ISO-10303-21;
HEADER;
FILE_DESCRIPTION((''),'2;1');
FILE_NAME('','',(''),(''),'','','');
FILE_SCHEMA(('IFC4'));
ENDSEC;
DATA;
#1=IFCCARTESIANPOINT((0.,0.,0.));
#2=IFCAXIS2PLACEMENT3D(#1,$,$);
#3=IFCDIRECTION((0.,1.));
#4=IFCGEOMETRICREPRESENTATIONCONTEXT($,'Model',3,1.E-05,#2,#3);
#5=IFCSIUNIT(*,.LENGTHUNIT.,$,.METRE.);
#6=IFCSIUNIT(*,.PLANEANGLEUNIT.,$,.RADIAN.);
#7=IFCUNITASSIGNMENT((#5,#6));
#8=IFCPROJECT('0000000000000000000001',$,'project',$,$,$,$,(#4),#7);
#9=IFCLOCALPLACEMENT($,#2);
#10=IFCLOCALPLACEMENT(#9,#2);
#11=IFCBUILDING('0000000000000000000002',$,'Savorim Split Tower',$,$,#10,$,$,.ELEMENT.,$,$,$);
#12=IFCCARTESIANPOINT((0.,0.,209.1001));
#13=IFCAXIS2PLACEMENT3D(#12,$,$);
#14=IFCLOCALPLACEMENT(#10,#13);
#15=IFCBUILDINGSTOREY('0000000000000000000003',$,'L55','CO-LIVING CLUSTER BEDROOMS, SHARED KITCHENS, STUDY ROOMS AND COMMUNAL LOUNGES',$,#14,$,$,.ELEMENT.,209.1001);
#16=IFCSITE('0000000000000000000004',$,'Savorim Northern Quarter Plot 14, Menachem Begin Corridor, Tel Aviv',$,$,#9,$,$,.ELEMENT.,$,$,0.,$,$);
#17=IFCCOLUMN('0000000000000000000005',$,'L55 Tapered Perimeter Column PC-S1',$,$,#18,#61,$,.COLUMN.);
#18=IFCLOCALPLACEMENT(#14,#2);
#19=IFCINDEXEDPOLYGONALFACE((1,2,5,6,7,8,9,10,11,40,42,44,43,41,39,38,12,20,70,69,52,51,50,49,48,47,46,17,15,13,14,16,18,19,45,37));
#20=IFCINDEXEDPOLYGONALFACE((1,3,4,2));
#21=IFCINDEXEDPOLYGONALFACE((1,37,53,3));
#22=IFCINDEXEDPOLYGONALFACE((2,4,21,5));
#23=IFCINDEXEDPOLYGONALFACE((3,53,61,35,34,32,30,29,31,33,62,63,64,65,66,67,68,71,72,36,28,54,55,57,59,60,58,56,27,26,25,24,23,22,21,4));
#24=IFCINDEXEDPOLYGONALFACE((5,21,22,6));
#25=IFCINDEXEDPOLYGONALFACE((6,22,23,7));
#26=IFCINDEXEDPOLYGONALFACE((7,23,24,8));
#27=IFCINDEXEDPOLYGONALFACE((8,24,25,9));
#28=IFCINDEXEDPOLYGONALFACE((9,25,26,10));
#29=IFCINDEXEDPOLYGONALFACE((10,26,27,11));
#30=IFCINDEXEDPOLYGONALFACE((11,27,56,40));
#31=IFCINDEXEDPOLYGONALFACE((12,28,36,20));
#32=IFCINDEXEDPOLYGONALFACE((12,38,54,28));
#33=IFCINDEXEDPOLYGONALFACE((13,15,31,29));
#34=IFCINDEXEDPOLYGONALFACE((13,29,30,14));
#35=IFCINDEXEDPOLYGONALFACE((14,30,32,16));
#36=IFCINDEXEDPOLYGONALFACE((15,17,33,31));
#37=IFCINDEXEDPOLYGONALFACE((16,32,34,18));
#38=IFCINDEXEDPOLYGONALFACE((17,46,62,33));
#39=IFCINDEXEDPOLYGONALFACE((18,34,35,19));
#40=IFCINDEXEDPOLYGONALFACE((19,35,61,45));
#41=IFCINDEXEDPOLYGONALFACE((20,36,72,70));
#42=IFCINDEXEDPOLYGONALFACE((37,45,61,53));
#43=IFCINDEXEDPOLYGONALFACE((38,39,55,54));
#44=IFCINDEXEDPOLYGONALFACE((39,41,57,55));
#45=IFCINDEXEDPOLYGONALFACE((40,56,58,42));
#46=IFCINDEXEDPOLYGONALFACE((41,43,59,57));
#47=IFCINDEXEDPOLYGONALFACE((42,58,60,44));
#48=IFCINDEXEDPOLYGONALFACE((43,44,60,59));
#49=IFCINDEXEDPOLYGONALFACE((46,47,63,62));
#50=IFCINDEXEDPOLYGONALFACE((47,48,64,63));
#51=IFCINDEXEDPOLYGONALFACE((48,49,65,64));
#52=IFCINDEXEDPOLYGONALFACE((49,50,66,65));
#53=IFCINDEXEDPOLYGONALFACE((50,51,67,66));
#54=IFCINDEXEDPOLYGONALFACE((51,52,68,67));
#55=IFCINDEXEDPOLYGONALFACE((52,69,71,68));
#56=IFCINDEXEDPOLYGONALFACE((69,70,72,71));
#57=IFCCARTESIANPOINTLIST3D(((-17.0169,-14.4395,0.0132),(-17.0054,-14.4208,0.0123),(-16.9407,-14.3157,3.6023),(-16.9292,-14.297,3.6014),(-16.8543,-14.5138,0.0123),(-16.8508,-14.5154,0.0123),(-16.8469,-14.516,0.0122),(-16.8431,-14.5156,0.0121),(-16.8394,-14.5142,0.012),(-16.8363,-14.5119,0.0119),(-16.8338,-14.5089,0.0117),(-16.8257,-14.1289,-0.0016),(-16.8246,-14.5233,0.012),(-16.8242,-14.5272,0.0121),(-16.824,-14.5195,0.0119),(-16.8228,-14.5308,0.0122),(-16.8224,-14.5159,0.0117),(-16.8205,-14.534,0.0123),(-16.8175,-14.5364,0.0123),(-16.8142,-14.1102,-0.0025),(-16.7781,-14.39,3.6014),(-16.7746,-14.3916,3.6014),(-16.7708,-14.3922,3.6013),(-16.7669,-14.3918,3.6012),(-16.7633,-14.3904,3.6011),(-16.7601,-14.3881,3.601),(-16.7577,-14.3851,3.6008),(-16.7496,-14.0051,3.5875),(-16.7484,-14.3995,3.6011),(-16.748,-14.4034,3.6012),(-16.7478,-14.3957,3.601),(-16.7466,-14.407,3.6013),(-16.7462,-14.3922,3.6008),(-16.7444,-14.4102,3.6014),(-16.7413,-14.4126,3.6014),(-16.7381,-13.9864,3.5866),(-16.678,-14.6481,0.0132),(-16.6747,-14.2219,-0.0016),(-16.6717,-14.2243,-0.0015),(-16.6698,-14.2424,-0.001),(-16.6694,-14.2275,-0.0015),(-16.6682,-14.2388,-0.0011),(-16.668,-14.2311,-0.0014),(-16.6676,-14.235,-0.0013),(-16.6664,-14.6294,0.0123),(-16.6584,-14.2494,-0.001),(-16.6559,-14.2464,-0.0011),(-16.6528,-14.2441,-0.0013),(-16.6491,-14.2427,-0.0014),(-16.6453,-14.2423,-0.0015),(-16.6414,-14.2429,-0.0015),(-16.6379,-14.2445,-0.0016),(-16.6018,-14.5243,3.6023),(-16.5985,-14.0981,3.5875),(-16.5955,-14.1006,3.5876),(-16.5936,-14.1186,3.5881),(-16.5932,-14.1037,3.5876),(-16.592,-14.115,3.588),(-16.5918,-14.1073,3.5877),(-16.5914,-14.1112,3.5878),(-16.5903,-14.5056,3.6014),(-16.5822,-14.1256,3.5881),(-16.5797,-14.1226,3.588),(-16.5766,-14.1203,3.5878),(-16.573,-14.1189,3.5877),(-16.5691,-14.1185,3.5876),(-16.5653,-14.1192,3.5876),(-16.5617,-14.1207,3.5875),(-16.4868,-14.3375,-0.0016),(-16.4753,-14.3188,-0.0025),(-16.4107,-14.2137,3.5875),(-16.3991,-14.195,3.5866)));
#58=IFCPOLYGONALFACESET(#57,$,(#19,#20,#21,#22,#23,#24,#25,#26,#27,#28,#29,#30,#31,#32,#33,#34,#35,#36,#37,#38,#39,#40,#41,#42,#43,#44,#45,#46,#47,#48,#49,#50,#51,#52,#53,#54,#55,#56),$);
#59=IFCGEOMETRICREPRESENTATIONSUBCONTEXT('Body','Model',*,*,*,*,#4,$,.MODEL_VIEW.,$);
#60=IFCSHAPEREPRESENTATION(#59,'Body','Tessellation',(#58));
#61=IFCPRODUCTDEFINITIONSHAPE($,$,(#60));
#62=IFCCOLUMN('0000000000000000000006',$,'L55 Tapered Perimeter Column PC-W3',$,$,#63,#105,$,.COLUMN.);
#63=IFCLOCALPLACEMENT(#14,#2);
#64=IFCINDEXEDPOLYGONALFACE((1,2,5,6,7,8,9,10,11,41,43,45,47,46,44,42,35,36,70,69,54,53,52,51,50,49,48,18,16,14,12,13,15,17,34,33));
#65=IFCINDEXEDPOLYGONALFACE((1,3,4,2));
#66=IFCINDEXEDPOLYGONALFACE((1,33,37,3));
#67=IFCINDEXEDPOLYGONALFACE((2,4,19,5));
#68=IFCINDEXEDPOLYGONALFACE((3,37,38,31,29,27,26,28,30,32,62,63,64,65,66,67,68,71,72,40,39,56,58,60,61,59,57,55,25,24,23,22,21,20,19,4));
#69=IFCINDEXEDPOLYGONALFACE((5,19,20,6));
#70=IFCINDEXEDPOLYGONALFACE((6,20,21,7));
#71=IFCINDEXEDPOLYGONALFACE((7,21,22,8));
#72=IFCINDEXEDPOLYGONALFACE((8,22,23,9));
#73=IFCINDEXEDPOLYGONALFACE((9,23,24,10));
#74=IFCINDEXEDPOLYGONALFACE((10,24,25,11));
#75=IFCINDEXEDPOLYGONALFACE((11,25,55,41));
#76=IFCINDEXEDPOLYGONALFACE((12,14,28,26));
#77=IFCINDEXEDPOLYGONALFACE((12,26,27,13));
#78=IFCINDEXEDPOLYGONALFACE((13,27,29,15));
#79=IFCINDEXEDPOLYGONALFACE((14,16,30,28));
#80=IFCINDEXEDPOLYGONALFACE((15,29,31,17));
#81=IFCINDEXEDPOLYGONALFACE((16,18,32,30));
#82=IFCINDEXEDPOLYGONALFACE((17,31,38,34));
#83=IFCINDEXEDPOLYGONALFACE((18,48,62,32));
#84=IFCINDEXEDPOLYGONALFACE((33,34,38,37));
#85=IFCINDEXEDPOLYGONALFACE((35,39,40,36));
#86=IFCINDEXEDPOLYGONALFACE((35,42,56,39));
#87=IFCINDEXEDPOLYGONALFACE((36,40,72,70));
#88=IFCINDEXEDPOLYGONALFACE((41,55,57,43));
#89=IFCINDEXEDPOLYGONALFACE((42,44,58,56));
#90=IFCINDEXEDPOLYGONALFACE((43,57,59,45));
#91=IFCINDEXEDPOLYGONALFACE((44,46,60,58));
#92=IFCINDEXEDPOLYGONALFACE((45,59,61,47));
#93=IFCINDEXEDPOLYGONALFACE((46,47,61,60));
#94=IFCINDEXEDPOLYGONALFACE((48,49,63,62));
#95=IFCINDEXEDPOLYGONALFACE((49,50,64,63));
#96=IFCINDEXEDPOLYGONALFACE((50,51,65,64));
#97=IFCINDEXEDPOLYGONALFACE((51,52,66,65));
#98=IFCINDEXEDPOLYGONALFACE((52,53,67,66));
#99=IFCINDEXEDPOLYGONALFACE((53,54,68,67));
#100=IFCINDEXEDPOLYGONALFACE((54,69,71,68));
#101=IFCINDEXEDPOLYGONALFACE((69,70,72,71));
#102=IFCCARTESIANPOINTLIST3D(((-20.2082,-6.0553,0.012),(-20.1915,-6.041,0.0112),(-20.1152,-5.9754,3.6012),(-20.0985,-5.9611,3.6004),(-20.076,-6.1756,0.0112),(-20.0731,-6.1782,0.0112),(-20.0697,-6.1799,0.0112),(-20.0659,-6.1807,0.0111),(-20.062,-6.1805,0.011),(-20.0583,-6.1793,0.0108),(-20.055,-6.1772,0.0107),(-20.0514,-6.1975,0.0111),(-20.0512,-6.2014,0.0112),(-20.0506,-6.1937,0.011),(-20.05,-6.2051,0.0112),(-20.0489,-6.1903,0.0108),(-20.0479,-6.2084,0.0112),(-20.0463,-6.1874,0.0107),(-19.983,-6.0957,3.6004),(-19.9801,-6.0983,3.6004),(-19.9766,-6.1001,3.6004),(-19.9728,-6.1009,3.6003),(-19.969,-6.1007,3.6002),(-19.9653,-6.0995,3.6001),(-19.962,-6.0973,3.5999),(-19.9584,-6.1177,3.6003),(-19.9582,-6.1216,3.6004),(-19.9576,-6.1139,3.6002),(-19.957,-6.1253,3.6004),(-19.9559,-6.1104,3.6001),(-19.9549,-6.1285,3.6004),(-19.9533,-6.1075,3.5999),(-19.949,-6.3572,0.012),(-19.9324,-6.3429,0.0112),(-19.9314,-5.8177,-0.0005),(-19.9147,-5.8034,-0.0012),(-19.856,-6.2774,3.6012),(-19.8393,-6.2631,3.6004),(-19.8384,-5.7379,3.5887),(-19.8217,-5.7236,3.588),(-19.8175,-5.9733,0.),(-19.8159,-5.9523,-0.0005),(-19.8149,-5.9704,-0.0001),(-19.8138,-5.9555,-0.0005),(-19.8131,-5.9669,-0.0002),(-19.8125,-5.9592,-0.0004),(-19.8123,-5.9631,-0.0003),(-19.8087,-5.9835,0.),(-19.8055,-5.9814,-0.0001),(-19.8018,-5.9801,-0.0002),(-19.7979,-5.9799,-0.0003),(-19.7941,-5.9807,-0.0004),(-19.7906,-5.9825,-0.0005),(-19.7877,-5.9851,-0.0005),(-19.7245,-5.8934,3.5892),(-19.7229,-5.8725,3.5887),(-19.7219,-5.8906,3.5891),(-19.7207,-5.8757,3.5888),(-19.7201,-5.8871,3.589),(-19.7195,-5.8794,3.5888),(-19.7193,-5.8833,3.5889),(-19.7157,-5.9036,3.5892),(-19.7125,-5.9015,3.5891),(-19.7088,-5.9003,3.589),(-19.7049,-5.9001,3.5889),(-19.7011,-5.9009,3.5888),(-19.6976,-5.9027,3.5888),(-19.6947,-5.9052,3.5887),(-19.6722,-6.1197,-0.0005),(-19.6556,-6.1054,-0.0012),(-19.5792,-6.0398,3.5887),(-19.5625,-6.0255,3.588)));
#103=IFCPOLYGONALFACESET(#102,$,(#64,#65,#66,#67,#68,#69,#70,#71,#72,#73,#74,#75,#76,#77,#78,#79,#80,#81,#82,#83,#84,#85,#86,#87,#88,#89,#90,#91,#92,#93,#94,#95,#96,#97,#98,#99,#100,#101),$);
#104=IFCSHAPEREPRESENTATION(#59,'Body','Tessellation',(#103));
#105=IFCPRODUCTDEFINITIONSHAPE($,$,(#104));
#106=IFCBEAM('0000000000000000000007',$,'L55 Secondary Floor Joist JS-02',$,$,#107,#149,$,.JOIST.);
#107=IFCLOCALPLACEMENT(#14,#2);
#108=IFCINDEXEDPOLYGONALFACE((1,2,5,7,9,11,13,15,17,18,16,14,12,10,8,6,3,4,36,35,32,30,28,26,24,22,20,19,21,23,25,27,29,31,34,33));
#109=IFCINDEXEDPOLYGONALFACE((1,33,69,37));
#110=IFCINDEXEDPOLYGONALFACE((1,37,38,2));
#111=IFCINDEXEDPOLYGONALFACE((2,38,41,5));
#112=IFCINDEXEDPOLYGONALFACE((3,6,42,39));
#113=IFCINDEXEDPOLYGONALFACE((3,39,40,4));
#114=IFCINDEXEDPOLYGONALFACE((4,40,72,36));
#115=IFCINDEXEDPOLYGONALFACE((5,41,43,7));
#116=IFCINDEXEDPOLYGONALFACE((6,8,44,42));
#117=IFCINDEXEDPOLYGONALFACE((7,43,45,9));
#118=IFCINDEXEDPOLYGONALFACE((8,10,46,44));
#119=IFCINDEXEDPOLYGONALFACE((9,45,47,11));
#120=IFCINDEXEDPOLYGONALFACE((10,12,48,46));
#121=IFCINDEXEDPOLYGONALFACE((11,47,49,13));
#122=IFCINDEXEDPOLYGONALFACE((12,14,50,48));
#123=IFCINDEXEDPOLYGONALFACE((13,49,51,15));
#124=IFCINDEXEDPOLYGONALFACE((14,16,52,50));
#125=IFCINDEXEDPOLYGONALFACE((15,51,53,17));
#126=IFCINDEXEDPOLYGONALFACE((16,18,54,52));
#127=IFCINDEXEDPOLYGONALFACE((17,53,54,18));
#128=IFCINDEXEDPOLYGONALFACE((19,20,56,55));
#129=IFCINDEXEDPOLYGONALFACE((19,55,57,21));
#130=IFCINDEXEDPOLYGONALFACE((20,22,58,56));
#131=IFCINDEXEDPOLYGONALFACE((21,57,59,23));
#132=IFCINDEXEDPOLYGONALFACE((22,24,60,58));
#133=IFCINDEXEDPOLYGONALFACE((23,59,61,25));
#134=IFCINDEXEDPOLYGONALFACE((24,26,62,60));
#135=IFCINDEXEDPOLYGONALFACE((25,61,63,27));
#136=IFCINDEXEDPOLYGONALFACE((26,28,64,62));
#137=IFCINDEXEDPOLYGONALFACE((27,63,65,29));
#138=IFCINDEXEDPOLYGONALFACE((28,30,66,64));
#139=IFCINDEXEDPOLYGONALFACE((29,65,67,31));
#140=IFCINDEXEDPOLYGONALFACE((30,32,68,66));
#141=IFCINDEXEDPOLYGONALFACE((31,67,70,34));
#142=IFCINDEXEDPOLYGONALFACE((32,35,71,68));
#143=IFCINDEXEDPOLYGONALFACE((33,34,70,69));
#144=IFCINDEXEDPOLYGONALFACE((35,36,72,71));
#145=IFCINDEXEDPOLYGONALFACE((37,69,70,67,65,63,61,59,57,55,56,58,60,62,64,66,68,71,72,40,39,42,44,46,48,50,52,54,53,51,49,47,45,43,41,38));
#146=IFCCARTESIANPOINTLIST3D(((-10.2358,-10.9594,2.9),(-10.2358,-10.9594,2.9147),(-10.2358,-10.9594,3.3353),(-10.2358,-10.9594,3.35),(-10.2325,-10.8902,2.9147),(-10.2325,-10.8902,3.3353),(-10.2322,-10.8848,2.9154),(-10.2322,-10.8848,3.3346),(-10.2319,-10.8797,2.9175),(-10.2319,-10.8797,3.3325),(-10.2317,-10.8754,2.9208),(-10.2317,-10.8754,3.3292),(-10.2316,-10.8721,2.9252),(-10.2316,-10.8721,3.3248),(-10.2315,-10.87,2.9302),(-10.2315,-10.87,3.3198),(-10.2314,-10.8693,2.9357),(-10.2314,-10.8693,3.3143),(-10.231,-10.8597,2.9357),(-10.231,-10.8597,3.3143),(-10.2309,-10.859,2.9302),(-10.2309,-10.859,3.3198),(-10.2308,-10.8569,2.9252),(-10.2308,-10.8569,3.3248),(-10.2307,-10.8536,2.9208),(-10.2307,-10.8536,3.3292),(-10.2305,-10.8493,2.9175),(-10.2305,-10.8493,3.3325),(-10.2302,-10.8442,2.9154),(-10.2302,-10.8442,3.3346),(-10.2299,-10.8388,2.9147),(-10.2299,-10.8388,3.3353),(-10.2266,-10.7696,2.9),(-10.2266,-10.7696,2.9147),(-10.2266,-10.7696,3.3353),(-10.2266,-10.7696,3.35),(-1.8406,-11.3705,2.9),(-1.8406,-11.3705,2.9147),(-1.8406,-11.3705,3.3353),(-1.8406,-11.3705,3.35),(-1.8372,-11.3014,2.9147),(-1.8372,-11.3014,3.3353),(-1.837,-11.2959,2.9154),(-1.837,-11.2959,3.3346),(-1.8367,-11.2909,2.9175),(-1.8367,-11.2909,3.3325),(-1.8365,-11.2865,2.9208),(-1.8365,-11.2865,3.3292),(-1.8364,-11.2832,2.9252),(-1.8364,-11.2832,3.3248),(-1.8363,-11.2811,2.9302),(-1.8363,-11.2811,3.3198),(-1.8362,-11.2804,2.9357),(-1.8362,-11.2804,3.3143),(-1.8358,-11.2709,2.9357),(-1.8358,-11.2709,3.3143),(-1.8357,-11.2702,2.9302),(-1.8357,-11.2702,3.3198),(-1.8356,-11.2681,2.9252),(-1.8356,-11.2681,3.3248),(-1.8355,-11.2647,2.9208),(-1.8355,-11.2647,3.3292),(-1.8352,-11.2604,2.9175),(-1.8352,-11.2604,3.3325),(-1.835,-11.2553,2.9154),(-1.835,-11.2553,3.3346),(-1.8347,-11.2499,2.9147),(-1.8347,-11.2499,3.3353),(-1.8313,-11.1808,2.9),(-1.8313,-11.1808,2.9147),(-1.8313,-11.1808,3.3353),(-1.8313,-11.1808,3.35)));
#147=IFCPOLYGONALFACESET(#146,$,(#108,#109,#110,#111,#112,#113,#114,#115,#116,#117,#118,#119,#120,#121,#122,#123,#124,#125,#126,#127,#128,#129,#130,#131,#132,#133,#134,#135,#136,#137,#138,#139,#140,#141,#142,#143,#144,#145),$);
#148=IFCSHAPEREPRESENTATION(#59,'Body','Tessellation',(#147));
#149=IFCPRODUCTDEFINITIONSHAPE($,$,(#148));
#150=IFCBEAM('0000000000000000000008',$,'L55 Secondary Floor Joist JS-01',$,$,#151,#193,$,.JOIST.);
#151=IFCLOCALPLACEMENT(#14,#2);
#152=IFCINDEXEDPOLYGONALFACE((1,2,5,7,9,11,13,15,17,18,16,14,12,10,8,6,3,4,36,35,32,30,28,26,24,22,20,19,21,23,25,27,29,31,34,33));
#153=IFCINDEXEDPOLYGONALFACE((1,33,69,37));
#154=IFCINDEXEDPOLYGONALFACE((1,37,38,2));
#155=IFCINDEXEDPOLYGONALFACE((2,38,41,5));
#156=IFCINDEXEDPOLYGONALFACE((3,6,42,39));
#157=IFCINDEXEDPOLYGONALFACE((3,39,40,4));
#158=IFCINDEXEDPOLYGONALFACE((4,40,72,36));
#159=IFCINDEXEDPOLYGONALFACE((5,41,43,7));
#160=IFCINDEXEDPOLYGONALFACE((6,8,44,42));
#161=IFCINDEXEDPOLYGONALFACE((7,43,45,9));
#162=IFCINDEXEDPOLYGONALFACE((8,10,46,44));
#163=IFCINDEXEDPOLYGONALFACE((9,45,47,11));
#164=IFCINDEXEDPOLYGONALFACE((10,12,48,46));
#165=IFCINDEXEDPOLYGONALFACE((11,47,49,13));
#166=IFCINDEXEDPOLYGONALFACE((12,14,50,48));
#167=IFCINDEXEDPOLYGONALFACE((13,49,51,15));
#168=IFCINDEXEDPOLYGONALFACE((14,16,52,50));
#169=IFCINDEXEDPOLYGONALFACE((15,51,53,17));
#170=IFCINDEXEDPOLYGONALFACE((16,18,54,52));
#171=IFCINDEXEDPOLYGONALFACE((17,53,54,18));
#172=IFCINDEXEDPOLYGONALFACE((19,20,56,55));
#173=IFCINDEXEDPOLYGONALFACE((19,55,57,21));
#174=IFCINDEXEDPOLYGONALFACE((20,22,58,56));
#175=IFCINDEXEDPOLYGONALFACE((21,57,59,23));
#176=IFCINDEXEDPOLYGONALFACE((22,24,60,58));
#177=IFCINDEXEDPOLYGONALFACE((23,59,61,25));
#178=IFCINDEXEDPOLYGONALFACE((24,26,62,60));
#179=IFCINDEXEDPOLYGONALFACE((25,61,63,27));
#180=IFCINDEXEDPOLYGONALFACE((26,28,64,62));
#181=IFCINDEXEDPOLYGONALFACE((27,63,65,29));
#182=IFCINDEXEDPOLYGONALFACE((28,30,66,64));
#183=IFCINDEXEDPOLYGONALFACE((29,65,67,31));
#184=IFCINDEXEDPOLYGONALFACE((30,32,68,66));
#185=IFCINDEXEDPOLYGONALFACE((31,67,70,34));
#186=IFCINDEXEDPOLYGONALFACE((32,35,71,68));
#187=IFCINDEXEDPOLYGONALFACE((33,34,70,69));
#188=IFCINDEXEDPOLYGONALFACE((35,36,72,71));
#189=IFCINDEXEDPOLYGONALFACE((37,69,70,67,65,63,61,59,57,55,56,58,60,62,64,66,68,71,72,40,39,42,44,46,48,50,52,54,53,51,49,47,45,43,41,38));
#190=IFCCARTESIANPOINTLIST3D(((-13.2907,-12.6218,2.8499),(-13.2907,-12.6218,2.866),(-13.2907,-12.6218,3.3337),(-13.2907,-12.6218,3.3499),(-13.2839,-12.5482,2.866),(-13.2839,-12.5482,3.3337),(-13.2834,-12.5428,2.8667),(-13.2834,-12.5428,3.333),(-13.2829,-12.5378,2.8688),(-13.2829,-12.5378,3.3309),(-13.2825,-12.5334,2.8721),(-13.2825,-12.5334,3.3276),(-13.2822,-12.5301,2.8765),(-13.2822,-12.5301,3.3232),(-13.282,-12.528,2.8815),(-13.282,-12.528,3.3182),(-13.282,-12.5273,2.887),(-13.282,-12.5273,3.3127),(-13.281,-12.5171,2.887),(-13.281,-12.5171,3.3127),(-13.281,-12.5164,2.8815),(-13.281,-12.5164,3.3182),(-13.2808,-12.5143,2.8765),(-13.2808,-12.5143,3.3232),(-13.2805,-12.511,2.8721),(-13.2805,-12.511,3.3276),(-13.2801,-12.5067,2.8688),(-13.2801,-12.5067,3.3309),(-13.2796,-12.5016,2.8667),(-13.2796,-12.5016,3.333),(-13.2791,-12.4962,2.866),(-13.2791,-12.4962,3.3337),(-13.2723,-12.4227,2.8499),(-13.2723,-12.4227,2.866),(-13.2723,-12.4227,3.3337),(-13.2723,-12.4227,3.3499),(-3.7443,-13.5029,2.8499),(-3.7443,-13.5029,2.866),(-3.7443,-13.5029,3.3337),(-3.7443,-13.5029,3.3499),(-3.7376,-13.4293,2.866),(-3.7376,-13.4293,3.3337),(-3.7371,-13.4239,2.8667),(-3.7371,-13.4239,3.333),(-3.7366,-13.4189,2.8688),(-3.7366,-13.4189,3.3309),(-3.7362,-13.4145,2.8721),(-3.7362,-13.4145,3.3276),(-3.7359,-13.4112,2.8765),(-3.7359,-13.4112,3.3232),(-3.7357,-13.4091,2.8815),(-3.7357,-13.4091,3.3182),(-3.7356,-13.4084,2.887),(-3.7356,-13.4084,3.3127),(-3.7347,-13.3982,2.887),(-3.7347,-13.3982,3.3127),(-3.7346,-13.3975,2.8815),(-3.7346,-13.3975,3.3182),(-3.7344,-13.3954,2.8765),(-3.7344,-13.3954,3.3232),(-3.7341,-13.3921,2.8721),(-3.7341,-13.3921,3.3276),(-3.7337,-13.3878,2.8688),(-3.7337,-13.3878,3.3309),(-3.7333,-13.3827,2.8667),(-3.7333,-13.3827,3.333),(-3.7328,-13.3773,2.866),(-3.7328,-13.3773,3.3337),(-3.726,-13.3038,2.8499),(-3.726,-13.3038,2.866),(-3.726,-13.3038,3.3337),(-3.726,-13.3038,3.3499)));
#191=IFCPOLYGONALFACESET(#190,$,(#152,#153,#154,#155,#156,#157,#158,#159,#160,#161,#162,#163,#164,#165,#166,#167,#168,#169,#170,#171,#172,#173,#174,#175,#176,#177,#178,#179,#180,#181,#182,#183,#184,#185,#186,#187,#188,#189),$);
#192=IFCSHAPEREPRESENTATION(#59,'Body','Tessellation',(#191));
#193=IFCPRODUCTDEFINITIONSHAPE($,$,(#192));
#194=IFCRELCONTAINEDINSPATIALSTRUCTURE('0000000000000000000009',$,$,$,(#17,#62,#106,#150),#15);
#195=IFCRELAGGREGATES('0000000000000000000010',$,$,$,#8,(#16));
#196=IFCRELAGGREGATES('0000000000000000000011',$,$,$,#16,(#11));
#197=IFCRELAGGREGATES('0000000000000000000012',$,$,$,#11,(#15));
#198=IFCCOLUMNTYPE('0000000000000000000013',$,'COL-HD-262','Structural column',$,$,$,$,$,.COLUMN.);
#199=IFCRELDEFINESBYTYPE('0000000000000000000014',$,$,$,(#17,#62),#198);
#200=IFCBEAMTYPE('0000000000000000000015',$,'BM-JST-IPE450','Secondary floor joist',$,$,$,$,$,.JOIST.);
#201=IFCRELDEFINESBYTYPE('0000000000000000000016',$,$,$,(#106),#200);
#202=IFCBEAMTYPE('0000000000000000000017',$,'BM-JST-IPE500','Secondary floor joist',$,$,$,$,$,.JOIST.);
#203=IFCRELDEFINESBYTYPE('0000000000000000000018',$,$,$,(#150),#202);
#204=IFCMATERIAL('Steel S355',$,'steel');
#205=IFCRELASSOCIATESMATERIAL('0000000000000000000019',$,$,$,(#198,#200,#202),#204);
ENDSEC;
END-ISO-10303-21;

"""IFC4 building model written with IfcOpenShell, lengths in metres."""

from ifc_helpers import new_model, si_unit, direction, frame, origin, origin_2d, place, context, subcontext, project, spatial, i_section, extrude, material, material_profile, profile_set, type_object, element, save


model = new_model("IFC4")

# Units and contexts
model_context = context("Model", 3, precision=1e-05, world=origin(), true_north=direction((0.0, 1.0)))
body_context = subcontext(model_context, "Body", "Model", "MODEL_VIEW")
ifc_project = project(units=[si_unit("LENGTHUNIT", "METRE"), si_unit("PLANEANGLEUNIT", "RADIAN")], contexts=[model_context])

# Site, building, storey
site_placement = place(None, origin())
site = spatial("IfcSite", under=ifc_project, at=site_placement, Name="Savorim Northern Quarter Plot 14, Menachem Begin Corridor, Tel Aviv", CompositionType="ELEMENT", RefElevation=0.0)
building_placement = place(site_placement, origin())
building = spatial("IfcBuilding", under=site, at=building_placement, Name="Savorim Split Tower", CompositionType="ELEMENT")
storey_placement = place(building_placement, frame((0.0, 0.0, 209.1001)))
storey = spatial("IfcBuildingStorey", under=building, at=storey_placement, Name="L55", Description="CO-LIVING CLUSTER BEDROOMS, SHARED KITCHENS, STUDY ROOMS AND COMMUNAL LOUNGES", CompositionType="ELEMENT", Elevation=209.1001)

# Columns
ifc_material_1 = material(Name="Steel S355", Category="steel")
ifc_material_profile_1 = material_profile(ifc_material_1, i_section(OverallWidth=0.3979, OverallDepth=0.387, WebThickness=0.0134, FlangeThickness=0.022, FilletRadius=0.0149, at=origin_2d()), Name="HD 400x262")
ifc_profile_set_1 = profile_set([ifc_material_profile_1], Name="Steel S355")
column_type = type_object("IfcColumnType", Name="COL-HD-262", Description="Structural column", PredefinedType="COLUMN", material=ifc_profile_set_1)
column_1_placement = place(storey_placement, frame((-16.7461, -14.3792, 0.0054), z_axis=(0.021206, 0.034459, 0.999181), x_axis=(-0.851658, 0.524097, 0.0)))
element("IfcColumn", 1, at=column_1_placement, inside=storey, type_object=column_type, Name="L55 Tapered Perimeter Column PC-S1", PredefinedType="COLUMN", context=body_context, shape_type="SweptSolid", body=[
    extrude(i_section(OverallWidth=0.3979, OverallDepth=0.387, WebThickness=0.0134, FlangeThickness=0.022, FilletRadius=0.0149, at=origin_2d()), origin(), (0.0, 0.0, 1.0), 3.592),
])
column_2_placement = place(storey_placement, frame((-19.9319, -6.0803, 0.0054), z_axis=(0.025902, 0.02223, 0.999417), x_axis=(-0.651283, 0.758835, 0.0)))
element("IfcColumn", 2, at=column_2_placement, inside=storey, type_object=column_type, Name="L55 Tapered Perimeter Column PC-W3", PredefinedType="COLUMN", context=body_context, shape_type="SweptSolid", body=[
    extrude(i_section(OverallWidth=0.3979, OverallDepth=0.387, WebThickness=0.0134, FlangeThickness=0.022, FilletRadius=0.0149, at=origin_2d()), origin(), (0.0, 0.0, 1.0), 3.5913),
])

# Beams
ifc_material_profile_2 = material_profile(ifc_material_1, i_section(OverallWidth=0.1899, OverallDepth=0.45, WebThickness=0.0095, FlangeThickness=0.0146, FilletRadius=0.021, at=origin_2d()), Name="IPE 450")
ifc_profile_set_2 = profile_set([ifc_material_profile_2], Name="Steel S355")
beam_type_1 = type_object("IfcBeamType", Name="BM-JST-IPE450", Description="Secondary floor joist", PredefinedType="JOIST", material=ifc_profile_set_2)
beam_1_placement = place(storey_placement, frame((-10.2312, -10.8645, 3.125), z_axis=(0.998803, -0.048913, 0.0), x_axis=(0.048913, 0.998803, 0.0)))
element("IfcBeam", 3, at=beam_1_placement, inside=storey, type_object=beam_type_1, Name="L55 Secondary Floor Joist JS-02", PredefinedType="JOIST", context=body_context, shape_type="SweptSolid", body=[
    extrude(i_section(OverallWidth=0.1899, OverallDepth=0.45, WebThickness=0.0095, FlangeThickness=0.0146, FilletRadius=0.021, at=origin_2d()), origin(), (0.0, 0.0, 1.0), 8.4053),
])
ifc_material_profile_3 = material_profile(ifc_material_1, i_section(OverallWidth=0.2, OverallDepth=0.5, WebThickness=0.0103, FlangeThickness=0.0161, FilletRadius=0.021, at=origin_2d()), Name="IPE 500")
ifc_profile_set_3 = profile_set([ifc_material_profile_3], Name="Steel S355")
beam_type_2 = type_object("IfcBeamType", Name="BM-JST-IPE500", Description="Secondary floor joist", PredefinedType="JOIST", material=ifc_profile_set_3)
beam_2_placement = place(storey_placement, frame((-13.2815, -12.5222, 3.0999), z_axis=(0.995768, -0.091906, 0.0), x_axis=(0.091906, 0.995768, 0.0)))
element("IfcBeam", 4, at=beam_2_placement, inside=storey, type_object=beam_type_2, Name="L55 Secondary Floor Joist JS-01", PredefinedType="JOIST", context=body_context, shape_type="SweptSolid", body=[
    extrude(i_section(OverallWidth=0.2, OverallDepth=0.5, WebThickness=0.0103, FlangeThickness=0.0161, FilletRadius=0.021, at=origin_2d()), origin(), (0.0, 0.0, 1.0), 9.5869),
])

save(model, "model.ifc")
